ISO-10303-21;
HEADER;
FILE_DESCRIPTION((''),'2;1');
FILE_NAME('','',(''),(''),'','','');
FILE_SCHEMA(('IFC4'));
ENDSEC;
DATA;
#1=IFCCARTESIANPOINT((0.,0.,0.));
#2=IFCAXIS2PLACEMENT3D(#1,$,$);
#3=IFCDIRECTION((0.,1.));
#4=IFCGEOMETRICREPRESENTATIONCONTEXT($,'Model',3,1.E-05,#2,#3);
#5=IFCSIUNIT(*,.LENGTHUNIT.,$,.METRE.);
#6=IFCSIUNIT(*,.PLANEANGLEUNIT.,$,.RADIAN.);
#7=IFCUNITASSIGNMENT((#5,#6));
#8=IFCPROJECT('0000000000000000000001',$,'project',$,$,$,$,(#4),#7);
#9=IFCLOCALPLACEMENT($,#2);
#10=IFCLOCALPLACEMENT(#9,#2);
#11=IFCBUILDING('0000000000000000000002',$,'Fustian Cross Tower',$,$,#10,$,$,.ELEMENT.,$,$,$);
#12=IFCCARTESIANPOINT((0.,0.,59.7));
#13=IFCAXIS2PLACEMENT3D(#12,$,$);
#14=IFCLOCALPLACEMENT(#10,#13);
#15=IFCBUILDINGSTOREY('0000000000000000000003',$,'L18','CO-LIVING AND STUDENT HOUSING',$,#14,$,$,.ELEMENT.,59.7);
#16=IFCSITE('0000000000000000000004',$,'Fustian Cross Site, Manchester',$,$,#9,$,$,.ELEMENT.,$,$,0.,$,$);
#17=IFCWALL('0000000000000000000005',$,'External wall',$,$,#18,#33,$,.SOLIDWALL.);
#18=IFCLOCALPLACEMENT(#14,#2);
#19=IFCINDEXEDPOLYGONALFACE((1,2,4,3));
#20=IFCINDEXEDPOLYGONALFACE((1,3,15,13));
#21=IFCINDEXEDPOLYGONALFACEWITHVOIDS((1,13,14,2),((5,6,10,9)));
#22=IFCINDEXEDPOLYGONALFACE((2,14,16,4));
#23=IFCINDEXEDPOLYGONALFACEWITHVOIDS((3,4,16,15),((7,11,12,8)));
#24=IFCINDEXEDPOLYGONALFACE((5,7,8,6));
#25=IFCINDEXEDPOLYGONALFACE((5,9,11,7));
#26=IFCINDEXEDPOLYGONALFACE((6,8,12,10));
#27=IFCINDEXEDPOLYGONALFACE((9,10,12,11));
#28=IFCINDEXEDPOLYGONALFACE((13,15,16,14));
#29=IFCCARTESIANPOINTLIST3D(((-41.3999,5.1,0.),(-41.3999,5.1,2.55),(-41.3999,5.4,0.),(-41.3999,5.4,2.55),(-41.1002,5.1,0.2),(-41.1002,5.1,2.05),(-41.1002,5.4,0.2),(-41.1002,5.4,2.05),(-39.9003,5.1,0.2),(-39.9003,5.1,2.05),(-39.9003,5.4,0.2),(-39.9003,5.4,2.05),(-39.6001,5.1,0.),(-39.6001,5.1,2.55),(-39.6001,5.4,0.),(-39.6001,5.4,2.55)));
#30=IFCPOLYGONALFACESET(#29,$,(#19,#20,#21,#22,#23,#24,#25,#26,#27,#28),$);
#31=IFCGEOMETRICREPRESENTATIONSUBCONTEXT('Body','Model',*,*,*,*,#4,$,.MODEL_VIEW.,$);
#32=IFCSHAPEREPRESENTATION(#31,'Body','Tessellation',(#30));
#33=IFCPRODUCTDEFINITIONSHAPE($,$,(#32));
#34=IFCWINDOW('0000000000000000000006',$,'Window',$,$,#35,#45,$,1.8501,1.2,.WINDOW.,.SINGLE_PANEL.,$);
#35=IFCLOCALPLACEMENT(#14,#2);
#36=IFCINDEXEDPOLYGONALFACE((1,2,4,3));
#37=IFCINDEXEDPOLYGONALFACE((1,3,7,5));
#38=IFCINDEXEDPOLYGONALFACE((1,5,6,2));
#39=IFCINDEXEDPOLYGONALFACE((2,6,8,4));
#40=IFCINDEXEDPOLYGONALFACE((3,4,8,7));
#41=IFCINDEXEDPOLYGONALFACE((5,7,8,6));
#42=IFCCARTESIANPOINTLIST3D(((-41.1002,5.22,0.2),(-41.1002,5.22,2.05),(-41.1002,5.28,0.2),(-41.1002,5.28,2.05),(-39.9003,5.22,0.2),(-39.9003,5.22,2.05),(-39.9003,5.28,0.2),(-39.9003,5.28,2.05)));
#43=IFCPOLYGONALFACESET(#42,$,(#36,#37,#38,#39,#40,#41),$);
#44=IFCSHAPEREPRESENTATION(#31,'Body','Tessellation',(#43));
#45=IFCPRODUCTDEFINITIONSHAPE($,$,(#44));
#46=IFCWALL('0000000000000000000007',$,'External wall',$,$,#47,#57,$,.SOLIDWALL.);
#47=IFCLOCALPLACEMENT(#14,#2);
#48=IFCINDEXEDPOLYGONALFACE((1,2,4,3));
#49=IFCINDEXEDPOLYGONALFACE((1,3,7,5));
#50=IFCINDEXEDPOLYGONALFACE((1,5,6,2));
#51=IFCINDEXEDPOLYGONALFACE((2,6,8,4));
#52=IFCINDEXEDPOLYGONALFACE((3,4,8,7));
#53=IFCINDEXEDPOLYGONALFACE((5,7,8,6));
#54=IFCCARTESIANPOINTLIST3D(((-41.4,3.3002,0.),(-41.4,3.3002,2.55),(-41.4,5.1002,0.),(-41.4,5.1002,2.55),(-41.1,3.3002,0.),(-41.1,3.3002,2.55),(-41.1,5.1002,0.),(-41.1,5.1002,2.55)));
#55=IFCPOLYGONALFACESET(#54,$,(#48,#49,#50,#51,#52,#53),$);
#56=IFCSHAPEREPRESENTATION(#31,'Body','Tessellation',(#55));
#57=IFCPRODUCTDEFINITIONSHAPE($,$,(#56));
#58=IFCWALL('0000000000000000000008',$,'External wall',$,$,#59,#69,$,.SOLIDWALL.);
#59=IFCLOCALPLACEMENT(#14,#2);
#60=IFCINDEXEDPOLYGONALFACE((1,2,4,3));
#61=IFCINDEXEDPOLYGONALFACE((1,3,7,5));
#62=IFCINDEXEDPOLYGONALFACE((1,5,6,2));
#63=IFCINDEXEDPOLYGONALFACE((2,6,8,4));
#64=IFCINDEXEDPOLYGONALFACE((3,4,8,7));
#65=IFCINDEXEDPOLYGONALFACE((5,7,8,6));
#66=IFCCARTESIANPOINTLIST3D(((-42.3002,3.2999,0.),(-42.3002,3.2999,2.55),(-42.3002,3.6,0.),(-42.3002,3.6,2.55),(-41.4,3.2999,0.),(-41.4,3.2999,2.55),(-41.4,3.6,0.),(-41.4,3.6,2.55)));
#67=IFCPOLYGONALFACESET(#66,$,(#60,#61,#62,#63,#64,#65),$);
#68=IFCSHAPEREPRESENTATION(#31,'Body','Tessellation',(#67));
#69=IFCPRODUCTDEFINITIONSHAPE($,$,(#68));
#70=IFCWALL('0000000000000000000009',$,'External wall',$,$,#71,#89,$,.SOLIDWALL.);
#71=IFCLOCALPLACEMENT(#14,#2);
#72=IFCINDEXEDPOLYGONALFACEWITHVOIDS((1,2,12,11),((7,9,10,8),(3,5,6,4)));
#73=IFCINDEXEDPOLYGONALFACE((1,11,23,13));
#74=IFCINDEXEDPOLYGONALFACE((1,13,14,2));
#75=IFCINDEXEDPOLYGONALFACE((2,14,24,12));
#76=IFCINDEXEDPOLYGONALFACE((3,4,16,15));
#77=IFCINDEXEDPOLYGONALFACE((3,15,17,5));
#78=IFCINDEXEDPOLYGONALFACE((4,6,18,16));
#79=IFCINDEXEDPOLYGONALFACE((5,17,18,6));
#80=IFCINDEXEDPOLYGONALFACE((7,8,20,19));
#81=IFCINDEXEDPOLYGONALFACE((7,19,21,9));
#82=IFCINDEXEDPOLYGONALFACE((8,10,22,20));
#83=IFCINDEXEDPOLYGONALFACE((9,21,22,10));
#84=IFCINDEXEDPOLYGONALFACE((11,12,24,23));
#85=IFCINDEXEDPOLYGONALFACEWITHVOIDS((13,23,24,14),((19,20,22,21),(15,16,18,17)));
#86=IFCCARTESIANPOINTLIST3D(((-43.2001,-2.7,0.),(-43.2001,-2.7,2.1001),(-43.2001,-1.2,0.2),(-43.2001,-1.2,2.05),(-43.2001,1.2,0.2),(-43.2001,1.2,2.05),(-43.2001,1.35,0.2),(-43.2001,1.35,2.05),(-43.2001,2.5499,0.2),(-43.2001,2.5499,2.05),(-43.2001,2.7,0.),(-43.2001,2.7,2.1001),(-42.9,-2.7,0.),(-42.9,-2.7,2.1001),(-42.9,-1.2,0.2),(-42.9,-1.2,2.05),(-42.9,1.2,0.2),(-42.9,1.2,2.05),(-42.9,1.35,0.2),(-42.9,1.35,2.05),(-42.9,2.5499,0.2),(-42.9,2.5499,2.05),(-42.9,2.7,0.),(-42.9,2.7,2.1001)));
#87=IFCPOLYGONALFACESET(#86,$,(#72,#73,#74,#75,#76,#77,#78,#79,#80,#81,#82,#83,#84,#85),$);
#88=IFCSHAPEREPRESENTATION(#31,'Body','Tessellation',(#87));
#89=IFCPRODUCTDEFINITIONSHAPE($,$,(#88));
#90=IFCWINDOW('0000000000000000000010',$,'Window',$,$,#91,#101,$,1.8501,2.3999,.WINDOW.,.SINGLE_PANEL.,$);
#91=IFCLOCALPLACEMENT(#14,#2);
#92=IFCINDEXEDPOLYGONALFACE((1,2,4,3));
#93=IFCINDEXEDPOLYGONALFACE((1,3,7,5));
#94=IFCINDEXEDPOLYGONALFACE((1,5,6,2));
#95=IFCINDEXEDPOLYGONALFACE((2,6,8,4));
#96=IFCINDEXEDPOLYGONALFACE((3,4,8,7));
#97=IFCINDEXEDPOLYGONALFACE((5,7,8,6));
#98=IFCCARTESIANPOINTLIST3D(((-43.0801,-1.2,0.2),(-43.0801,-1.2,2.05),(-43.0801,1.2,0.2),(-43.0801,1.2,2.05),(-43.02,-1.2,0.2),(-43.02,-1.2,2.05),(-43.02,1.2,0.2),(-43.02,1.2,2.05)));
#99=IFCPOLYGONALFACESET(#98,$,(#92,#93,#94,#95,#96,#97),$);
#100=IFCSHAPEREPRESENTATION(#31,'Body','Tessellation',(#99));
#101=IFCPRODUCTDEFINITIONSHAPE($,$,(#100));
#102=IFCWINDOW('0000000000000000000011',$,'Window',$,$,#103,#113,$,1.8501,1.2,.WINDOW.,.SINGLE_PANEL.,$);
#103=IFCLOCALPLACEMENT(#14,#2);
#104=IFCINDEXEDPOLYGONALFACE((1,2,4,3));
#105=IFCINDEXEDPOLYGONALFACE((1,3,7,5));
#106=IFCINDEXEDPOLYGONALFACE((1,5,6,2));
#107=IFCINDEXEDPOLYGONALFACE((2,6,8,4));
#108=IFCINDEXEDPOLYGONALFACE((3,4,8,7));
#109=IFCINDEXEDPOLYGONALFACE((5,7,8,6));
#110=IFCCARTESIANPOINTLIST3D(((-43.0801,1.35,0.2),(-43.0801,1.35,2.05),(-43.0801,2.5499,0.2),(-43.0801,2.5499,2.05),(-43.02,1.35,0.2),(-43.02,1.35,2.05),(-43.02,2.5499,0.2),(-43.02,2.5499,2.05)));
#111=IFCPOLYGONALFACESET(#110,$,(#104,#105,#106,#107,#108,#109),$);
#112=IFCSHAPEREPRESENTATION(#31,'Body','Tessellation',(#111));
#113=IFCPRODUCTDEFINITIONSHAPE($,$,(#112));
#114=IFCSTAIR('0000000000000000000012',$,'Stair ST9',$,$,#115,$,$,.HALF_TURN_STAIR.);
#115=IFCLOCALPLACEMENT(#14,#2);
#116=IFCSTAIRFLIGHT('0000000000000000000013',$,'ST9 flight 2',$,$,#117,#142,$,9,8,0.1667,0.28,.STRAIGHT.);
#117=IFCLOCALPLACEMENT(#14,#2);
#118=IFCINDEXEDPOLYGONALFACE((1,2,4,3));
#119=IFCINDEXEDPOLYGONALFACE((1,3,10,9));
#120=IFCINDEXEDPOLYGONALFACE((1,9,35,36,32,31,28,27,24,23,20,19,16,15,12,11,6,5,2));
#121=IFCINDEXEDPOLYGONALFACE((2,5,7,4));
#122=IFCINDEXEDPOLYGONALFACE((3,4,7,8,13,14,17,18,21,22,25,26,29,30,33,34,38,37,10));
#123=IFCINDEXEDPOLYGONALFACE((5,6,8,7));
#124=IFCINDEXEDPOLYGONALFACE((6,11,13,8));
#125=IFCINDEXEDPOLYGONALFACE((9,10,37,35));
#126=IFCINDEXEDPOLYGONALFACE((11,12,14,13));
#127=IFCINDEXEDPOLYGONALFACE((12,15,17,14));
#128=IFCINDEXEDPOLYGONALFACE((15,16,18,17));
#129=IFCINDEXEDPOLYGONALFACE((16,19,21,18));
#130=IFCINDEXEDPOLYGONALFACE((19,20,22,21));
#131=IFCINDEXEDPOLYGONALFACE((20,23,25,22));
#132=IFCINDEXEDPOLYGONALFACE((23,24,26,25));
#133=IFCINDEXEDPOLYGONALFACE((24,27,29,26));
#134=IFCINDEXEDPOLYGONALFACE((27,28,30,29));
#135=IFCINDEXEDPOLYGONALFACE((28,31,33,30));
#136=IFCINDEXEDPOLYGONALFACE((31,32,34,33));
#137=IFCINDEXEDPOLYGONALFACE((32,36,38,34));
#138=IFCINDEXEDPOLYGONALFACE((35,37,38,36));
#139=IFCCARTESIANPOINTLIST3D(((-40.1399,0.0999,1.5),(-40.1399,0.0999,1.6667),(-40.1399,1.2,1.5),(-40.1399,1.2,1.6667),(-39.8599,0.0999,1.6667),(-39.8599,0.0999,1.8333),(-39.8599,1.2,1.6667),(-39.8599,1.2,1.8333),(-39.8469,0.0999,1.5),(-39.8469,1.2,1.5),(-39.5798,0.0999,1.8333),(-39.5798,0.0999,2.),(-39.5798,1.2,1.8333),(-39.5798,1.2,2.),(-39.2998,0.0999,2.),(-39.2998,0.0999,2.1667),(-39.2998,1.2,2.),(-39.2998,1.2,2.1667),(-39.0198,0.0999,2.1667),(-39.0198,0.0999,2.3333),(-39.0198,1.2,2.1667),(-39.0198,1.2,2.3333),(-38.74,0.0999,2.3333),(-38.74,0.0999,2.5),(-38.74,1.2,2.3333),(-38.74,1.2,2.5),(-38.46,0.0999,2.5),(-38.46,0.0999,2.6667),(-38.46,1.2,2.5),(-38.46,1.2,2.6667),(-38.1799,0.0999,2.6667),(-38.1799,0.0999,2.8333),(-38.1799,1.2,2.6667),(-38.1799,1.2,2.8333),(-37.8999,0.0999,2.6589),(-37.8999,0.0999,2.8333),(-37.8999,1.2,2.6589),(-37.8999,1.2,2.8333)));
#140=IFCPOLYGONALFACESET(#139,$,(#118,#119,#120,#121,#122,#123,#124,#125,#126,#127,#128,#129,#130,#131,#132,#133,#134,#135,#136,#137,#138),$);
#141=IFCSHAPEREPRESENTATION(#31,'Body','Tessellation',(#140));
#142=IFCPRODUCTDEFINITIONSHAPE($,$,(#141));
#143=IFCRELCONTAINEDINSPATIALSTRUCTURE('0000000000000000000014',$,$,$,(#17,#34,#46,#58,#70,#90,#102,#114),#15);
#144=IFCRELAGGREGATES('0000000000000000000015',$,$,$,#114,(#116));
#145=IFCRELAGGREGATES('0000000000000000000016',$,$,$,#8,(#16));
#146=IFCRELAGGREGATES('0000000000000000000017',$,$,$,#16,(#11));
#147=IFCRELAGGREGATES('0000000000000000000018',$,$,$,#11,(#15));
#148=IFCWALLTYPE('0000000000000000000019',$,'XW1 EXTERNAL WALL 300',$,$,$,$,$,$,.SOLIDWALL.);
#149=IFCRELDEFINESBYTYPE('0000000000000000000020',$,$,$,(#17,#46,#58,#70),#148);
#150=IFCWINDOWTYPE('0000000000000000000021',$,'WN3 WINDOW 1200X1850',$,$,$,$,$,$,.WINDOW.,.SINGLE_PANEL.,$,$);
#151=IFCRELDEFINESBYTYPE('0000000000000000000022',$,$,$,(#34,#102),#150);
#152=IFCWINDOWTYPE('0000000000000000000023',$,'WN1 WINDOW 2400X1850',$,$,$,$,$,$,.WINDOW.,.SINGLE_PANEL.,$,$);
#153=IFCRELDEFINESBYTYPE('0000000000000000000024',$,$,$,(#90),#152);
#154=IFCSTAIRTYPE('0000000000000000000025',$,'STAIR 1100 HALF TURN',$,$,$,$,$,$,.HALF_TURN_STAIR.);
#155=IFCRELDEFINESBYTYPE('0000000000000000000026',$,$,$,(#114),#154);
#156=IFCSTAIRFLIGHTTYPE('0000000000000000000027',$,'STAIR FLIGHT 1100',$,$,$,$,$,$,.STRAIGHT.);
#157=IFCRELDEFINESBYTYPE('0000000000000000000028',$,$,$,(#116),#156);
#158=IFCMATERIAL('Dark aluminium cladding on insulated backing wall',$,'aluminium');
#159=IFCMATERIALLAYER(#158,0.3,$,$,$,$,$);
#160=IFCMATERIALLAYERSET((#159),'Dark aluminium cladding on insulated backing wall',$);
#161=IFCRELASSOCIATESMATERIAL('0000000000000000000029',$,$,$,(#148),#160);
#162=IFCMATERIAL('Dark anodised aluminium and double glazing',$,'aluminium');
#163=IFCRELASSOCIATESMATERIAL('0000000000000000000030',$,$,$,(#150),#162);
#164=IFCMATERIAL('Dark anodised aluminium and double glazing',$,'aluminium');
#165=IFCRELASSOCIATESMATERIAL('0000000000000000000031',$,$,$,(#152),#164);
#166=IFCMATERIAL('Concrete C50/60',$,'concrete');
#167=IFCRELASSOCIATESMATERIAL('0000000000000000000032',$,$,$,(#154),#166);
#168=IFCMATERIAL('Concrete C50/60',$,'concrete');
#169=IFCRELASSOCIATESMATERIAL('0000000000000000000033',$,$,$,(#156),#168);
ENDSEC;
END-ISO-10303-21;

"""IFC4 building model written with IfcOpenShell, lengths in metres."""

from ifc_helpers import new_model, si_unit, direction, frame, frame_2d, origin, place, context, subcontext, project, spatial, polyline, rectangle, outline, extrude, material, layer, layer_set, type_object, element, fill, aggregate, save


model = new_model("IFC4")

# Units and contexts
model_context = context("Model", 3, precision=1e-05, world=origin(), true_north=direction((0.0, 1.0)))
body_context = subcontext(model_context, "Body", "Model", "MODEL_VIEW")
ifc_project = project(units=[si_unit("LENGTHUNIT", "METRE"), si_unit("PLANEANGLEUNIT", "RADIAN")], contexts=[model_context])

# Site, building, storey
site_placement = place(None, origin())
site = spatial("IfcSite", under=ifc_project, at=site_placement, Name="Fustian Cross Site, Manchester", CompositionType="ELEMENT", RefElevation=0.0)
building_placement = place(site_placement, origin())
building = spatial("IfcBuilding", under=site, at=building_placement, Name="Fustian Cross Tower", CompositionType="ELEMENT")
storey_placement = place(building_placement, frame((0.0, 0.0, 59.7)))
storey = spatial("IfcBuildingStorey", under=building, at=storey_placement, Name="L18", Description="CO-LIVING AND STUDENT HOUSING", CompositionType="ELEMENT", Elevation=59.7)

# Wall, opening, window
ifc_material_1 = material(Name="Dark aluminium cladding on insulated backing wall", Category="aluminium")
ifc_layer_1 = layer(ifc_material_1, 0.3)
ifc_layer_set_1 = layer_set([ifc_layer_1], Name="Dark aluminium cladding on insulated backing wall")
wall_type_1 = type_object("IfcWallType", Name="XW1 EXTERNAL WALL 300", PredefinedType="SOLIDWALL", material=ifc_layer_set_1)
wall_1_placement = place(storey_placement, frame((-39.6001, 5.25, 0.0), z_axis=(0.0, 0.0, 1.0), x_axis=(-1.0, 0.0, 0.0)))
wall_1 = element("IfcWall", 1, at=wall_1_placement, inside=storey, type_object=wall_type_1, Name="External wall", PredefinedType="SOLIDWALL", context=body_context, shape_type="SweptSolid", body=[
    extrude(rectangle(XDim=1.7998, YDim=0.3, at=frame_2d((0.8999, 0.0))), origin(), (0.0, 0.0, 1.0), 2.55),
])
opening_1_placement = place(wall_1_placement, frame((0.3, 0.0, 0.2)))
opening_1 = element("IfcOpeningElement", 2, at=opening_1_placement, cuts=wall_1, PredefinedType="OPENING", context=body_context, shape_type="SweptSolid", body=[
    extrude(rectangle(XDim=1.2, YDim=1.8501, at=frame_2d((0.6001, 0.925))), frame((0.0, 0.1599, 0.0), z_axis=(0.0, -1.0, 0.0), x_axis=(1.0, 0.0, 0.0)), (0.0, 0.0, 1.0), 0.3201),
])
ifc_material_2 = material(Name="Dark anodised aluminium and double glazing", Category="aluminium")
window_type_1 = type_object("IfcWindowType", Name="WN3 WINDOW 1200X1850", PartitioningType="SINGLE_PANEL", PredefinedType="WINDOW", material=ifc_material_2)
window_1_placement = place(opening_1_placement, origin())
window_1 = element("IfcWindow", 3, at=window_1_placement, inside=storey, type_object=window_type_1, Name="Window", OverallHeight=1.8501, OverallWidth=1.2, PartitioningType="SINGLE_PANEL", PredefinedType="WINDOW", context=body_context, shape_type="SweptSolid", body=[
    extrude(rectangle(XDim=1.2, YDim=1.8501, at=frame_2d((0.6001, 0.925))), frame((0.0, 0.03, 0.0), z_axis=(0.0, -1.0, 0.0), x_axis=(1.0, 0.0, 0.0)), (0.0, 0.0, 1.0), 0.0601),
])
fill(opening_1, window_1)

# Walls
wall_2_placement = place(storey_placement, frame((-41.25, 5.1001, 0.0), z_axis=(0.0, 0.0, 1.0), x_axis=(0.0, -1.0, 0.0)))
element("IfcWall", 4, at=wall_2_placement, inside=storey, type_object=wall_type_1, Name="External wall", PredefinedType="SOLIDWALL", context=body_context, shape_type="SweptSolid", body=[
    extrude(rectangle(XDim=1.8, YDim=0.3, at=frame_2d((0.8999, 0.0))), origin(), (0.0, 0.0, 1.0), 2.55),
])
wall_3_placement = place(storey_placement, frame((-41.3999, 3.45, 0.0), z_axis=(0.0, 0.0, 1.0), x_axis=(-1.0, 0.0, 0.0)))
element("IfcWall", 5, at=wall_3_placement, inside=storey, type_object=wall_type_1, Name="External wall", PredefinedType="SOLIDWALL", context=body_context, shape_type="SweptSolid", body=[
    extrude(rectangle(XDim=0.9001, YDim=0.3, at=frame_2d((0.4502, 0.0))), origin(), (0.0, 0.0, 1.0), 2.55),
])

# Wall, openings, windows
wall_4_placement = place(storey_placement, frame((-43.05, 2.7, 0.0), z_axis=(0.0, 0.0, 1.0), x_axis=(0.0, -1.0, 0.0)))
wall_4 = element("IfcWall", 6, at=wall_4_placement, inside=storey, type_object=wall_type_1, Name="External wall", PredefinedType="SOLIDWALL", context=body_context, shape_type="SweptSolid", body=[
    extrude(rectangle(XDim=5.3999, YDim=0.3, at=frame_2d((2.7, 0.0))), origin(), (0.0, 0.0, 1.0), 2.1001),
])
opening_2_placement = place(wall_4_placement, frame((1.5, 0.0, 0.2)))
opening_2 = element("IfcOpeningElement", 7, at=opening_2_placement, cuts=wall_4, PredefinedType="OPENING", context=body_context, shape_type="SweptSolid", body=[
    extrude(rectangle(XDim=2.3999, YDim=1.8501, at=frame_2d((1.2, 0.925))), frame((0.0, 0.1599, 0.0), z_axis=(0.0, -1.0, 0.0), x_axis=(1.0, 0.0, 0.0)), (0.0, 0.0, 1.0), 0.3201),
])
opening_3_placement = place(wall_4_placement, frame((0.1499, 0.0, 0.2)))
opening_3 = element("IfcOpeningElement", 8, at=opening_3_placement, cuts=wall_4, PredefinedType="OPENING", context=body_context, shape_type="SweptSolid", body=[
    extrude(rectangle(XDim=1.2, YDim=1.8501, at=frame_2d((0.6001, 0.925))), frame((0.0, 0.1599, 0.0), z_axis=(0.0, -1.0, 0.0), x_axis=(1.0, 0.0, 0.0)), (0.0, 0.0, 1.0), 0.3201),
])
ifc_material_3 = material(Name="Dark anodised aluminium and double glazing", Category="aluminium")
window_type_2 = type_object("IfcWindowType", Name="WN1 WINDOW 2400X1850", PartitioningType="SINGLE_PANEL", PredefinedType="WINDOW", material=ifc_material_3)
window_2_placement = place(opening_2_placement, origin())
window_2 = element("IfcWindow", 9, at=window_2_placement, inside=storey, type_object=window_type_2, Name="Window", OverallHeight=1.8501, OverallWidth=2.3999, PartitioningType="SINGLE_PANEL", PredefinedType="WINDOW", context=body_context, shape_type="SweptSolid", body=[
    extrude(rectangle(XDim=2.3999, YDim=1.8501, at=frame_2d((1.2, 0.925))), frame((0.0, 0.03, 0.0), z_axis=(0.0, -1.0, 0.0), x_axis=(1.0, 0.0, 0.0)), (0.0, 0.0, 1.0), 0.0601),
])
fill(opening_2, window_2)
window_3_placement = place(opening_3_placement, origin())
window_3 = element("IfcWindow", 10, at=window_3_placement, inside=storey, type_object=window_type_1, Name="Window", OverallHeight=1.8501, OverallWidth=1.2, PartitioningType="SINGLE_PANEL", PredefinedType="WINDOW", context=body_context, shape_type="SweptSolid", body=[
    extrude(rectangle(XDim=1.2, YDim=1.8501, at=frame_2d((0.6001, 0.925))), frame((0.0, 0.03, 0.0), z_axis=(0.0, -1.0, 0.0), x_axis=(1.0, 0.0, 0.0)), (0.0, 0.0, 1.0), 0.0601),
])
fill(opening_3, window_3)

# Stair, stair flight
ifc_material_4 = material(Name="Concrete C50/60", Category="concrete")
stair_type = type_object("IfcStairType", Name="STAIR 1100 HALF TURN", PredefinedType="HALF_TURN_STAIR", material=ifc_material_4)
stair_placement = place(storey_placement, origin())
stair = element("IfcStair", 11, at=stair_placement, inside=storey, type_object=stair_type, Name="Stair ST9", PredefinedType="HALF_TURN_STAIR")
ifc_material_5 = material(Name="Concrete C50/60", Category="concrete")
stair_flight_type = type_object("IfcStairFlightType", Name="STAIR FLIGHT 1100", PredefinedType="STRAIGHT", material=ifc_material_5)
stair_flight_placement = place(storey_placement, frame((-40.1399, 0.6499, 1.5), z_axis=(0.0, 0.0, 1.0), x_axis=(1.0, 0.0, 0.0)))
stair_flight = element("IfcStairFlight", 12, at=stair_flight_placement, type_object=stair_flight_type, Name="ST9 flight 2", NumberOfRisers=9, NumberOfTreads=8, PredefinedType="STRAIGHT", RiserHeight=0.1667, TreadLength=0.28, context=body_context, shape_type="SweptSolid", body=[
    extrude(outline(polyline([(0.0, 0.0), (0.0, 0.1667), (0.28, 0.1667), (0.28, 0.3333), (0.5601, 0.3333), (0.5601, 0.5), (0.8401, 0.5), (0.8401, 0.6667), (1.1201, 0.6667), (1.1201, 0.8333), (1.3999, 0.8333), (1.3999, 1.0), (1.6799, 1.0), (1.6799, 1.1667), (1.96, 1.1667), (1.96, 1.3333), (2.24, 1.3333), (2.24, 1.5), (2.24, 1.1589), (0.293, 0.0), (0.0, 0.0)])), frame((0.0, 0.55, 0.0), z_axis=(0.0, -1.0, 0.0), x_axis=(1.0, 0.0, 0.0)), (0.0, 0.0, 1.0), 1.1001),
])
aggregate(stair, [stair_flight])

save(model, "model.ifc")
